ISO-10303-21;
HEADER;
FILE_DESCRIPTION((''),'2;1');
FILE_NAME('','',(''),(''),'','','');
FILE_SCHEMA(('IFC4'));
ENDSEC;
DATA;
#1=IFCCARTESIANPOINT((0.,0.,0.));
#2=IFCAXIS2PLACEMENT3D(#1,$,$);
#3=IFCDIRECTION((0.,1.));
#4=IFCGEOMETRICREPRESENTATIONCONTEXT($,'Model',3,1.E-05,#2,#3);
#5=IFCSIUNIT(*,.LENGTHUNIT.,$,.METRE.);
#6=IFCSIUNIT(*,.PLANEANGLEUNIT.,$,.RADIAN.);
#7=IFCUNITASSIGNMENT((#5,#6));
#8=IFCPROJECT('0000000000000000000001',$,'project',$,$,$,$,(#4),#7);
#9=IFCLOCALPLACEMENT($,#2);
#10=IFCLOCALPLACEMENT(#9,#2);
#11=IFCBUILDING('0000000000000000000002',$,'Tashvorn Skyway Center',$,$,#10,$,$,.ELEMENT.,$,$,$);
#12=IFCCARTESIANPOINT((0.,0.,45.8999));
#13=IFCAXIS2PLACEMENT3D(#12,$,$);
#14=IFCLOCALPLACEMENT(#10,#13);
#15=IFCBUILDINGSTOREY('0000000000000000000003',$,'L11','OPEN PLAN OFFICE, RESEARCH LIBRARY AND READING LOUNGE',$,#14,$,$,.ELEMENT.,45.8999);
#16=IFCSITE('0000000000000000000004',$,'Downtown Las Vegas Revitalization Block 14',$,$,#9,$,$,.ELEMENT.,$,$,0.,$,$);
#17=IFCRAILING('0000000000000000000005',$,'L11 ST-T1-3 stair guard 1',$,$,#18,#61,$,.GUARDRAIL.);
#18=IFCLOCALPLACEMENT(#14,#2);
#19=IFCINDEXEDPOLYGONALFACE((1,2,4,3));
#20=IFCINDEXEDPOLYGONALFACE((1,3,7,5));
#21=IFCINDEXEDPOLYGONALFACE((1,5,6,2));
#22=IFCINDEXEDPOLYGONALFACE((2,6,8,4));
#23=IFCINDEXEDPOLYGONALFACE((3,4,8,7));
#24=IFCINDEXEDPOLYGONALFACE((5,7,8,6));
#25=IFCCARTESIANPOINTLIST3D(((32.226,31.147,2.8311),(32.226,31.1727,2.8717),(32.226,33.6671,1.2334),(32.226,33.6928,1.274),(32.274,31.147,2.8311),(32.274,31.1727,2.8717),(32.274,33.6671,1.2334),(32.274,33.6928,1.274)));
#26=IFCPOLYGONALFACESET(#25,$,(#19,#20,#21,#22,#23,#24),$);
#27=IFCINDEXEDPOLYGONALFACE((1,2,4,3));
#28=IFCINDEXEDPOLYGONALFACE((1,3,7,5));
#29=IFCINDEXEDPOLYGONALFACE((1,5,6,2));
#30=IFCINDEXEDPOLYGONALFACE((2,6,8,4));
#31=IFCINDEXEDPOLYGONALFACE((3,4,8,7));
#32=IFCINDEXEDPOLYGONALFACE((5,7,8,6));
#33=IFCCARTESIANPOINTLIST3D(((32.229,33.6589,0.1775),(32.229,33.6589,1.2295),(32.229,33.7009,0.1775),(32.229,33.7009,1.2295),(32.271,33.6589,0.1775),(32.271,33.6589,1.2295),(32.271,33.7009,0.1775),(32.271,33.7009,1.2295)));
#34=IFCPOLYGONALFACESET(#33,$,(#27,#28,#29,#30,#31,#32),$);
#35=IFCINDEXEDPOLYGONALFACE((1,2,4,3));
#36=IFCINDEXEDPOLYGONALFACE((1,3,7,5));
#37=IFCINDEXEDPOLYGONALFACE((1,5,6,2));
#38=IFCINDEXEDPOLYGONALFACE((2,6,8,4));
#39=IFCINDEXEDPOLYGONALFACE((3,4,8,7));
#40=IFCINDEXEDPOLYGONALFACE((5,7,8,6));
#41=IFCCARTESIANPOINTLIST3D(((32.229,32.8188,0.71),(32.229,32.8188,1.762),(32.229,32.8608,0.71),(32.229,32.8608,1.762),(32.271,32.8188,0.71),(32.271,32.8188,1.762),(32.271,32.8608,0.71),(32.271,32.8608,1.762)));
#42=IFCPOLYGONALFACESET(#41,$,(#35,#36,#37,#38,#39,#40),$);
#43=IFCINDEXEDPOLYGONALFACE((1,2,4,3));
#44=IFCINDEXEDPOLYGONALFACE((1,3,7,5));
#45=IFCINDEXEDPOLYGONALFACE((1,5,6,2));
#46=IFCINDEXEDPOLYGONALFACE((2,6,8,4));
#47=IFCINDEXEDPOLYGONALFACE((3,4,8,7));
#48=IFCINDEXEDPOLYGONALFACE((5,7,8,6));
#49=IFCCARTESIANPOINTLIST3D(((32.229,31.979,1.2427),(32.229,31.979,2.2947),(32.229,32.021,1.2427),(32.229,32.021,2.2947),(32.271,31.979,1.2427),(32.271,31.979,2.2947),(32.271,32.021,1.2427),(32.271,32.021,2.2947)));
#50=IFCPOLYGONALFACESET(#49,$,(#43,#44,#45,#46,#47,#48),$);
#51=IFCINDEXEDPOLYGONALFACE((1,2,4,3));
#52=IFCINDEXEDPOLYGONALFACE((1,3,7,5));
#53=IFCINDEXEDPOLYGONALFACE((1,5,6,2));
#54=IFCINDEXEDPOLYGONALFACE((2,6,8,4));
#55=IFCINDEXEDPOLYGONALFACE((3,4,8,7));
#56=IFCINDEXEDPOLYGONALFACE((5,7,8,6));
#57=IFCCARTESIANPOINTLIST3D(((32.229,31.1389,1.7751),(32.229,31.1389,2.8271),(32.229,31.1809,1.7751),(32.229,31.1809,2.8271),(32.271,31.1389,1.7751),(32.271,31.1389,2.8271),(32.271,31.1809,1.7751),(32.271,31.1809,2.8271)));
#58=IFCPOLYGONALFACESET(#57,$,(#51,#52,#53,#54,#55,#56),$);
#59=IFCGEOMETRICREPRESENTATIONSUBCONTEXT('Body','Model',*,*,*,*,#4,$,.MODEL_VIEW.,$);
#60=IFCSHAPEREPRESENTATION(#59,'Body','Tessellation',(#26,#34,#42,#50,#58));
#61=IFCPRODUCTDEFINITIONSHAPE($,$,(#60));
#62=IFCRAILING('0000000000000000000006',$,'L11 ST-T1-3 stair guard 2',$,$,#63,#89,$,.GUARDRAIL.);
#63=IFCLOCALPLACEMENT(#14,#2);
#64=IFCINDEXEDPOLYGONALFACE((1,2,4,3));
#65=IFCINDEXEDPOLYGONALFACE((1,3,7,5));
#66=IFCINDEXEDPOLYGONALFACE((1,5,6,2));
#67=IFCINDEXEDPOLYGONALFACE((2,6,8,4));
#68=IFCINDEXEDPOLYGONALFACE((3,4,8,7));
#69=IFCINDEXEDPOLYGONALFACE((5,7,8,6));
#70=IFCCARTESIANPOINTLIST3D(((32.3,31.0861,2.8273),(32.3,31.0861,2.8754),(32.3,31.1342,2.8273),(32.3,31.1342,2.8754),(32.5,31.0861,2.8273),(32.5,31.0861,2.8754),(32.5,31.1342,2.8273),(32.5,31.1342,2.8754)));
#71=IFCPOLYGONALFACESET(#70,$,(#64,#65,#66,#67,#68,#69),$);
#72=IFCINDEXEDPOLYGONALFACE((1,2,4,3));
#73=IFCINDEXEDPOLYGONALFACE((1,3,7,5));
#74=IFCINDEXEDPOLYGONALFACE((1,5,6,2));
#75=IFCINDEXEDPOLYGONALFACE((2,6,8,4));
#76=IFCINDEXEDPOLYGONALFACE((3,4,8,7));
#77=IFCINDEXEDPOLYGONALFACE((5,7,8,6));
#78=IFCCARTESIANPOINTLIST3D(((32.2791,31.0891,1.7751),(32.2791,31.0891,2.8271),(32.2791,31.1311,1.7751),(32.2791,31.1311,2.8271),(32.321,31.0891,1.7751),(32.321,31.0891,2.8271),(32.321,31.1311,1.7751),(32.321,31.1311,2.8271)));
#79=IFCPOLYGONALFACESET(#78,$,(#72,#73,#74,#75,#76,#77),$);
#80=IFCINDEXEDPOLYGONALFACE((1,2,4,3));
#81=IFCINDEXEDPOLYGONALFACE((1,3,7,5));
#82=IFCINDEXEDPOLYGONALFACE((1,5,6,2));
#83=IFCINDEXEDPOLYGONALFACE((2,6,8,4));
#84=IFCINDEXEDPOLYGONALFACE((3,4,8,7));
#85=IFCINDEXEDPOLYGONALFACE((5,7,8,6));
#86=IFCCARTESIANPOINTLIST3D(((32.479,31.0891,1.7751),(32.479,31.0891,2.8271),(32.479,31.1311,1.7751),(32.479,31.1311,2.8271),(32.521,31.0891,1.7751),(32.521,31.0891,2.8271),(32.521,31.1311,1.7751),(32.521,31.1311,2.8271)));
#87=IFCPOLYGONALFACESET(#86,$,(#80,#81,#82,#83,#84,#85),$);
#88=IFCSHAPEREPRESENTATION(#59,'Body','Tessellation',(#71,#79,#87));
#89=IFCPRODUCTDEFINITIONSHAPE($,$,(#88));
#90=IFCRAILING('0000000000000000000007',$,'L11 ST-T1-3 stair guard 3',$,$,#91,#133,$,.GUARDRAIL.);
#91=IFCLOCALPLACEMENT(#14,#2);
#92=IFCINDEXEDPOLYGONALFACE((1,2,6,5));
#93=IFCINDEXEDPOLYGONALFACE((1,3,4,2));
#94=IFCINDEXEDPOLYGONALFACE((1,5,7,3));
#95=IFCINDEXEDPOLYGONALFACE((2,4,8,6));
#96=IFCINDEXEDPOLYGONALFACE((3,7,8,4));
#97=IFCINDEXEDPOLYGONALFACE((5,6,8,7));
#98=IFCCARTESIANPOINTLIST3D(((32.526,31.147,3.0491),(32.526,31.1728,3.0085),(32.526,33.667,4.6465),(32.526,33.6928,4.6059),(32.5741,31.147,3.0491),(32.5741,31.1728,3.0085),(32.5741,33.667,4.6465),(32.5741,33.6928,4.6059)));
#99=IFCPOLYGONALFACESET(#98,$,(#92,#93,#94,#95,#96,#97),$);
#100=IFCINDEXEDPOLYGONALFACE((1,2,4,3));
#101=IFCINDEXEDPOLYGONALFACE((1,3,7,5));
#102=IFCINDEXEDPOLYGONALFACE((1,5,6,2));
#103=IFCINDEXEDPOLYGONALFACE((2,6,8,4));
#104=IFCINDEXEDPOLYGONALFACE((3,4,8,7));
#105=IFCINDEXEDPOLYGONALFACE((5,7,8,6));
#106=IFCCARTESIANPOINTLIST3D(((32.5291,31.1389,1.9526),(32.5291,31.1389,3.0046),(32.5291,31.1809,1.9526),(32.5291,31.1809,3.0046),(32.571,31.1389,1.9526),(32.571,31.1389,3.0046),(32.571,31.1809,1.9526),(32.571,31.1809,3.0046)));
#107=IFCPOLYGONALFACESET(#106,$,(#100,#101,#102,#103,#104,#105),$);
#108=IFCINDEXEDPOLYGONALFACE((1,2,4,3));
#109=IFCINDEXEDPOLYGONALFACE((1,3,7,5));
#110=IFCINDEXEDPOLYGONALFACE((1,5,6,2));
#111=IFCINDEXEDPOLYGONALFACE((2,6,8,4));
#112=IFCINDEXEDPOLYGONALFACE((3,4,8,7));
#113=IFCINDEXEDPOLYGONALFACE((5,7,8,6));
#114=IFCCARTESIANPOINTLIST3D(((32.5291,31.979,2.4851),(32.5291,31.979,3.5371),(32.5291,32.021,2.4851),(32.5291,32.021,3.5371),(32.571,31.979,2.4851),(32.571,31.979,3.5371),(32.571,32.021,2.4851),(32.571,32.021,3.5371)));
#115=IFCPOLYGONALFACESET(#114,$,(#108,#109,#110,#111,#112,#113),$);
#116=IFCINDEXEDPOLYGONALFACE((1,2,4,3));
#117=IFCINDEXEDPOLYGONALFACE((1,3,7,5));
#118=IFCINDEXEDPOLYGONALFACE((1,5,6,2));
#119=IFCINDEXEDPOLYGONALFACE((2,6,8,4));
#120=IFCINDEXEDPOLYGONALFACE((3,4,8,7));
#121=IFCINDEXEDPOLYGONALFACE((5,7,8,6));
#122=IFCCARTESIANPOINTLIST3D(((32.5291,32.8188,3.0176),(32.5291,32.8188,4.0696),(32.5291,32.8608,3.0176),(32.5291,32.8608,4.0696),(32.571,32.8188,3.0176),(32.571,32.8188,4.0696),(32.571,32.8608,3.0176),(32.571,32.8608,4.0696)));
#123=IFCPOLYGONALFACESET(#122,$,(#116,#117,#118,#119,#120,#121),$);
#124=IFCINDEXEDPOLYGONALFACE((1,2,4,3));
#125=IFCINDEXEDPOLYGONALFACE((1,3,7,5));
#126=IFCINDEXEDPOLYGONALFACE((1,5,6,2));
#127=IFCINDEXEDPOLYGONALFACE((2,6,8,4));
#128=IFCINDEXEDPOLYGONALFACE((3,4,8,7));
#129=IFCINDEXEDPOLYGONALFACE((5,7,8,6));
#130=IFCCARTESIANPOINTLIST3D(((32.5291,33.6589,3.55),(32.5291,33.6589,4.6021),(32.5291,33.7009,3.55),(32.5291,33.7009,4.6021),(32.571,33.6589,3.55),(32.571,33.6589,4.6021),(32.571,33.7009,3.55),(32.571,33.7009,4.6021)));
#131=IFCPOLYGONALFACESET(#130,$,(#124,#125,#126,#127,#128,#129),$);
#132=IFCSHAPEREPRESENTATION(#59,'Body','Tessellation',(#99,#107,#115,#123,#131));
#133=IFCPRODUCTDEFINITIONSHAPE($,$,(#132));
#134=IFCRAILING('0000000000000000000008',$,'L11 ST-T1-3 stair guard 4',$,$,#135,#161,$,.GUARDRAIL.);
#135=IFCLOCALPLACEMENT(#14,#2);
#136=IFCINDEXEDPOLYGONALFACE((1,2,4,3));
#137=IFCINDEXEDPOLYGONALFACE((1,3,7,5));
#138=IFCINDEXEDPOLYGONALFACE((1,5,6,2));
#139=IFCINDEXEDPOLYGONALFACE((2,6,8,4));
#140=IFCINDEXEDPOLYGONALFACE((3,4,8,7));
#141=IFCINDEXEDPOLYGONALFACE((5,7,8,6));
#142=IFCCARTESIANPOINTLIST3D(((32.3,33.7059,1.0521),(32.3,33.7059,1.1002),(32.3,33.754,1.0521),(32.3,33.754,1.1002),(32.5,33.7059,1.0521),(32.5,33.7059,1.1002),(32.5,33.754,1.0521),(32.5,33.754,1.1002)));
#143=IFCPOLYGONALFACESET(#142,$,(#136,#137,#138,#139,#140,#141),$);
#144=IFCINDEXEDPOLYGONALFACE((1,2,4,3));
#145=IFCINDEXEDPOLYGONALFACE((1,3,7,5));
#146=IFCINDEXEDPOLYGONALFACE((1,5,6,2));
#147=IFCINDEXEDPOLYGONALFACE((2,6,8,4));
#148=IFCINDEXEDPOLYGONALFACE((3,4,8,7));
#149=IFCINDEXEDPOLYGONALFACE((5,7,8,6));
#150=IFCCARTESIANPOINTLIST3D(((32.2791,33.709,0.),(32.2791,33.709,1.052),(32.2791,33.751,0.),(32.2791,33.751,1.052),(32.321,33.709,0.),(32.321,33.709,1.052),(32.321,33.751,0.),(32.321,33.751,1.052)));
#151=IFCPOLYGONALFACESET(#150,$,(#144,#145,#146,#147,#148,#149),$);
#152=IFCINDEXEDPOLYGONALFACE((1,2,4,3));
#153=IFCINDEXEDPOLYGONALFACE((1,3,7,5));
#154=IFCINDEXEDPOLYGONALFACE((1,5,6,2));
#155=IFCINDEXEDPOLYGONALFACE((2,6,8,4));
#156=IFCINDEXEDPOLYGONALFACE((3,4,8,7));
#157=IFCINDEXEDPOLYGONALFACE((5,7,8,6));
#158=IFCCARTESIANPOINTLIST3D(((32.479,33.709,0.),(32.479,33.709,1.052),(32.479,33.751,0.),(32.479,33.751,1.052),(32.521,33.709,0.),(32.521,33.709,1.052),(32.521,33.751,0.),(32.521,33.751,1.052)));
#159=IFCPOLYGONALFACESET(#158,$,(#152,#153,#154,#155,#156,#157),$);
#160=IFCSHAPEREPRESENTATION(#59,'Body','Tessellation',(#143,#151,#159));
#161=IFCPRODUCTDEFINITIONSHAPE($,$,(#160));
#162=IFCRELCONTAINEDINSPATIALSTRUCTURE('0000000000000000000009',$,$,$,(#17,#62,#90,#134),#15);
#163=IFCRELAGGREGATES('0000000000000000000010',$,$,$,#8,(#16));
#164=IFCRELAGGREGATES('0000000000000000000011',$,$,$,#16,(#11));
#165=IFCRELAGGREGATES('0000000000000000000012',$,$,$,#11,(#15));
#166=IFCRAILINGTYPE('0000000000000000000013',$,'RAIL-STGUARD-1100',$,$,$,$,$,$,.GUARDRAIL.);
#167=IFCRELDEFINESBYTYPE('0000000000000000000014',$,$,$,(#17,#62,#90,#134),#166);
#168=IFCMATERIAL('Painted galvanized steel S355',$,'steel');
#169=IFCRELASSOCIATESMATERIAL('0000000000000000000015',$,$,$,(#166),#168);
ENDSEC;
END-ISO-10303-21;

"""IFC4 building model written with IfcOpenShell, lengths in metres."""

from ifc_helpers import new_model, si_unit, direction, frame, origin, origin_2d, place, context, subcontext, project, spatial, rectangle, extrude, material, type_object, element, save


model = new_model("IFC4")

# Units and contexts
model_context = context("Model", 3, precision=1e-05, world=origin(), true_north=direction((0.0, 1.0)))
body_context = subcontext(model_context, "Body", "Model", "MODEL_VIEW")
ifc_project = project(units=[si_unit("LENGTHUNIT", "METRE"), si_unit("PLANEANGLEUNIT", "RADIAN")], contexts=[model_context])

# Site, building, storey
site_placement = place(None, origin())
site = spatial("IfcSite", under=ifc_project, at=site_placement, Name="Downtown Las Vegas Revitalization Block 14", CompositionType="ELEMENT", RefElevation=0.0)
building_placement = place(site_placement, origin())
building = spatial("IfcBuilding", under=site, at=building_placement, Name="Tashvorn Skyway Center", CompositionType="ELEMENT")
storey_placement = place(building_placement, frame((0.0, 0.0, 45.8999)))
storey = spatial("IfcBuildingStorey", under=building, at=storey_placement, Name="L11", Description="OPEN PLAN OFFICE, RESEARCH LIBRARY AND READING LOUNGE", CompositionType="ELEMENT", Elevation=45.8999)

# Railings
ifc_material_1 = material(Name="Painted galvanized steel S355", Category="steel")
railing_type_1 = type_object("IfcRailingType", Name="RAIL-STGUARD-1100", PredefinedType="GUARDRAIL", material=ifc_material_1)
railing_1_placement = place(storey_placement, frame((32.25, 33.6799, 0.1775)))
element("IfcRailing", 1, at=railing_1_placement, inside=storey, type_object=railing_type_1, Name="L11 ST-T1-3 stair guard 1", PredefinedType="GUARDRAIL", context=body_context, shape_type="SweptSolid", body=[
    extrude(rectangle(XDim=0.0481, YDim=0.0481, at=origin_2d()), frame((0.0, 0.0, 1.0762), z_axis=(0.0, -0.84457, 0.535445), x_axis=(1.0, 0.0, 0.0)), (0.0, 0.0, 1.0), 2.9839),
    extrude(rectangle(XDim=0.042, YDim=0.042, at=origin_2d()), origin(), (0.0, 0.0, 1.0), 1.052),
    extrude(rectangle(XDim=0.042, YDim=0.042, at=origin_2d()), frame((0.0, -0.8401, 0.5325)), (0.0, 0.0, 1.0), 1.052),
    extrude(rectangle(XDim=0.042, YDim=0.042, at=origin_2d()), frame((0.0, -1.6799, 1.0652)), (0.0, 0.0, 1.0), 1.052),
    extrude(rectangle(XDim=0.042, YDim=0.042, at=origin_2d()), frame((0.0, -2.52, 1.5977)), (0.0, 0.0, 1.0), 1.052),
])
railing_2_placement = place(storey_placement, frame((32.3, 31.1101, 1.7751)))
element("IfcRailing", 2, at=railing_2_placement, inside=storey, type_object=railing_type_1, Name="L11 ST-T1-3 stair guard 2", PredefinedType="GUARDRAIL", context=body_context, shape_type="SweptSolid", body=[
    extrude(rectangle(XDim=0.0481, YDim=0.0481, at=origin_2d()), frame((0.0, 0.0, 1.0762), z_axis=(1.0, 0.0, 0.0), x_axis=(0.0, 1.0, 0.0)), (0.0, 0.0, 1.0), 0.2),
    extrude(rectangle(XDim=0.042, YDim=0.042, at=origin_2d()), origin(), (0.0, 0.0, 1.0), 1.052),
    extrude(rectangle(XDim=0.042, YDim=0.042, at=origin_2d()), frame((0.2, 0.0, 0.0)), (0.0, 0.0, 1.0), 1.052),
])
railing_3_placement = place(storey_placement, frame((32.55, 31.1599, 1.9526)))
element("IfcRailing", 3, at=railing_3_placement, inside=storey, type_object=railing_type_1, Name="L11 ST-T1-3 stair guard 3", PredefinedType="GUARDRAIL", context=body_context, shape_type="SweptSolid", body=[
    extrude(rectangle(XDim=0.0481, YDim=0.0481, at=origin_2d()), frame((0.0, 0.0, 1.0762), z_axis=(0.0, 0.844607, 0.535387), x_axis=(-1.0, 0.0, 0.0)), (0.0, 0.0, 1.0), 2.9836),
    extrude(rectangle(XDim=0.042, YDim=0.042, at=origin_2d()), origin(), (0.0, 0.0, 1.0), 1.052),
    extrude(rectangle(XDim=0.042, YDim=0.042, at=origin_2d()), frame((0.0, 0.8401, 0.5325)), (0.0, 0.0, 1.0), 1.052),
    extrude(rectangle(XDim=0.042, YDim=0.042, at=origin_2d()), frame((0.0, 1.6799, 1.0649)), (0.0, 0.0, 1.0), 1.052),
    extrude(rectangle(XDim=0.042, YDim=0.042, at=origin_2d()), frame((0.0, 2.52, 1.5974)), (0.0, 0.0, 1.0), 1.052),
])
railing_4_placement = place(storey_placement, frame((32.3, 33.73, 0.0)))
element("IfcRailing", 4, at=railing_4_placement, inside=storey, type_object=railing_type_1, Name="L11 ST-T1-3 stair guard 4", PredefinedType="GUARDRAIL", context=body_context, shape_type="SweptSolid", body=[
    extrude(rectangle(XDim=0.0481, YDim=0.0481, at=origin_2d()), frame((0.0, 0.0, 1.0762), z_axis=(1.0, 0.0, 0.0), x_axis=(0.0, 1.0, 0.0)), (0.0, 0.0, 1.0), 0.2),
    extrude(rectangle(XDim=0.042, YDim=0.042, at=origin_2d()), origin(), (0.0, 0.0, 1.0), 1.052),
    extrude(rectangle(XDim=0.042, YDim=0.042, at=origin_2d()), frame((0.2, 0.0, 0.0)), (0.0, 0.0, 1.0), 1.052),
])

save(model, "model.ifc")
